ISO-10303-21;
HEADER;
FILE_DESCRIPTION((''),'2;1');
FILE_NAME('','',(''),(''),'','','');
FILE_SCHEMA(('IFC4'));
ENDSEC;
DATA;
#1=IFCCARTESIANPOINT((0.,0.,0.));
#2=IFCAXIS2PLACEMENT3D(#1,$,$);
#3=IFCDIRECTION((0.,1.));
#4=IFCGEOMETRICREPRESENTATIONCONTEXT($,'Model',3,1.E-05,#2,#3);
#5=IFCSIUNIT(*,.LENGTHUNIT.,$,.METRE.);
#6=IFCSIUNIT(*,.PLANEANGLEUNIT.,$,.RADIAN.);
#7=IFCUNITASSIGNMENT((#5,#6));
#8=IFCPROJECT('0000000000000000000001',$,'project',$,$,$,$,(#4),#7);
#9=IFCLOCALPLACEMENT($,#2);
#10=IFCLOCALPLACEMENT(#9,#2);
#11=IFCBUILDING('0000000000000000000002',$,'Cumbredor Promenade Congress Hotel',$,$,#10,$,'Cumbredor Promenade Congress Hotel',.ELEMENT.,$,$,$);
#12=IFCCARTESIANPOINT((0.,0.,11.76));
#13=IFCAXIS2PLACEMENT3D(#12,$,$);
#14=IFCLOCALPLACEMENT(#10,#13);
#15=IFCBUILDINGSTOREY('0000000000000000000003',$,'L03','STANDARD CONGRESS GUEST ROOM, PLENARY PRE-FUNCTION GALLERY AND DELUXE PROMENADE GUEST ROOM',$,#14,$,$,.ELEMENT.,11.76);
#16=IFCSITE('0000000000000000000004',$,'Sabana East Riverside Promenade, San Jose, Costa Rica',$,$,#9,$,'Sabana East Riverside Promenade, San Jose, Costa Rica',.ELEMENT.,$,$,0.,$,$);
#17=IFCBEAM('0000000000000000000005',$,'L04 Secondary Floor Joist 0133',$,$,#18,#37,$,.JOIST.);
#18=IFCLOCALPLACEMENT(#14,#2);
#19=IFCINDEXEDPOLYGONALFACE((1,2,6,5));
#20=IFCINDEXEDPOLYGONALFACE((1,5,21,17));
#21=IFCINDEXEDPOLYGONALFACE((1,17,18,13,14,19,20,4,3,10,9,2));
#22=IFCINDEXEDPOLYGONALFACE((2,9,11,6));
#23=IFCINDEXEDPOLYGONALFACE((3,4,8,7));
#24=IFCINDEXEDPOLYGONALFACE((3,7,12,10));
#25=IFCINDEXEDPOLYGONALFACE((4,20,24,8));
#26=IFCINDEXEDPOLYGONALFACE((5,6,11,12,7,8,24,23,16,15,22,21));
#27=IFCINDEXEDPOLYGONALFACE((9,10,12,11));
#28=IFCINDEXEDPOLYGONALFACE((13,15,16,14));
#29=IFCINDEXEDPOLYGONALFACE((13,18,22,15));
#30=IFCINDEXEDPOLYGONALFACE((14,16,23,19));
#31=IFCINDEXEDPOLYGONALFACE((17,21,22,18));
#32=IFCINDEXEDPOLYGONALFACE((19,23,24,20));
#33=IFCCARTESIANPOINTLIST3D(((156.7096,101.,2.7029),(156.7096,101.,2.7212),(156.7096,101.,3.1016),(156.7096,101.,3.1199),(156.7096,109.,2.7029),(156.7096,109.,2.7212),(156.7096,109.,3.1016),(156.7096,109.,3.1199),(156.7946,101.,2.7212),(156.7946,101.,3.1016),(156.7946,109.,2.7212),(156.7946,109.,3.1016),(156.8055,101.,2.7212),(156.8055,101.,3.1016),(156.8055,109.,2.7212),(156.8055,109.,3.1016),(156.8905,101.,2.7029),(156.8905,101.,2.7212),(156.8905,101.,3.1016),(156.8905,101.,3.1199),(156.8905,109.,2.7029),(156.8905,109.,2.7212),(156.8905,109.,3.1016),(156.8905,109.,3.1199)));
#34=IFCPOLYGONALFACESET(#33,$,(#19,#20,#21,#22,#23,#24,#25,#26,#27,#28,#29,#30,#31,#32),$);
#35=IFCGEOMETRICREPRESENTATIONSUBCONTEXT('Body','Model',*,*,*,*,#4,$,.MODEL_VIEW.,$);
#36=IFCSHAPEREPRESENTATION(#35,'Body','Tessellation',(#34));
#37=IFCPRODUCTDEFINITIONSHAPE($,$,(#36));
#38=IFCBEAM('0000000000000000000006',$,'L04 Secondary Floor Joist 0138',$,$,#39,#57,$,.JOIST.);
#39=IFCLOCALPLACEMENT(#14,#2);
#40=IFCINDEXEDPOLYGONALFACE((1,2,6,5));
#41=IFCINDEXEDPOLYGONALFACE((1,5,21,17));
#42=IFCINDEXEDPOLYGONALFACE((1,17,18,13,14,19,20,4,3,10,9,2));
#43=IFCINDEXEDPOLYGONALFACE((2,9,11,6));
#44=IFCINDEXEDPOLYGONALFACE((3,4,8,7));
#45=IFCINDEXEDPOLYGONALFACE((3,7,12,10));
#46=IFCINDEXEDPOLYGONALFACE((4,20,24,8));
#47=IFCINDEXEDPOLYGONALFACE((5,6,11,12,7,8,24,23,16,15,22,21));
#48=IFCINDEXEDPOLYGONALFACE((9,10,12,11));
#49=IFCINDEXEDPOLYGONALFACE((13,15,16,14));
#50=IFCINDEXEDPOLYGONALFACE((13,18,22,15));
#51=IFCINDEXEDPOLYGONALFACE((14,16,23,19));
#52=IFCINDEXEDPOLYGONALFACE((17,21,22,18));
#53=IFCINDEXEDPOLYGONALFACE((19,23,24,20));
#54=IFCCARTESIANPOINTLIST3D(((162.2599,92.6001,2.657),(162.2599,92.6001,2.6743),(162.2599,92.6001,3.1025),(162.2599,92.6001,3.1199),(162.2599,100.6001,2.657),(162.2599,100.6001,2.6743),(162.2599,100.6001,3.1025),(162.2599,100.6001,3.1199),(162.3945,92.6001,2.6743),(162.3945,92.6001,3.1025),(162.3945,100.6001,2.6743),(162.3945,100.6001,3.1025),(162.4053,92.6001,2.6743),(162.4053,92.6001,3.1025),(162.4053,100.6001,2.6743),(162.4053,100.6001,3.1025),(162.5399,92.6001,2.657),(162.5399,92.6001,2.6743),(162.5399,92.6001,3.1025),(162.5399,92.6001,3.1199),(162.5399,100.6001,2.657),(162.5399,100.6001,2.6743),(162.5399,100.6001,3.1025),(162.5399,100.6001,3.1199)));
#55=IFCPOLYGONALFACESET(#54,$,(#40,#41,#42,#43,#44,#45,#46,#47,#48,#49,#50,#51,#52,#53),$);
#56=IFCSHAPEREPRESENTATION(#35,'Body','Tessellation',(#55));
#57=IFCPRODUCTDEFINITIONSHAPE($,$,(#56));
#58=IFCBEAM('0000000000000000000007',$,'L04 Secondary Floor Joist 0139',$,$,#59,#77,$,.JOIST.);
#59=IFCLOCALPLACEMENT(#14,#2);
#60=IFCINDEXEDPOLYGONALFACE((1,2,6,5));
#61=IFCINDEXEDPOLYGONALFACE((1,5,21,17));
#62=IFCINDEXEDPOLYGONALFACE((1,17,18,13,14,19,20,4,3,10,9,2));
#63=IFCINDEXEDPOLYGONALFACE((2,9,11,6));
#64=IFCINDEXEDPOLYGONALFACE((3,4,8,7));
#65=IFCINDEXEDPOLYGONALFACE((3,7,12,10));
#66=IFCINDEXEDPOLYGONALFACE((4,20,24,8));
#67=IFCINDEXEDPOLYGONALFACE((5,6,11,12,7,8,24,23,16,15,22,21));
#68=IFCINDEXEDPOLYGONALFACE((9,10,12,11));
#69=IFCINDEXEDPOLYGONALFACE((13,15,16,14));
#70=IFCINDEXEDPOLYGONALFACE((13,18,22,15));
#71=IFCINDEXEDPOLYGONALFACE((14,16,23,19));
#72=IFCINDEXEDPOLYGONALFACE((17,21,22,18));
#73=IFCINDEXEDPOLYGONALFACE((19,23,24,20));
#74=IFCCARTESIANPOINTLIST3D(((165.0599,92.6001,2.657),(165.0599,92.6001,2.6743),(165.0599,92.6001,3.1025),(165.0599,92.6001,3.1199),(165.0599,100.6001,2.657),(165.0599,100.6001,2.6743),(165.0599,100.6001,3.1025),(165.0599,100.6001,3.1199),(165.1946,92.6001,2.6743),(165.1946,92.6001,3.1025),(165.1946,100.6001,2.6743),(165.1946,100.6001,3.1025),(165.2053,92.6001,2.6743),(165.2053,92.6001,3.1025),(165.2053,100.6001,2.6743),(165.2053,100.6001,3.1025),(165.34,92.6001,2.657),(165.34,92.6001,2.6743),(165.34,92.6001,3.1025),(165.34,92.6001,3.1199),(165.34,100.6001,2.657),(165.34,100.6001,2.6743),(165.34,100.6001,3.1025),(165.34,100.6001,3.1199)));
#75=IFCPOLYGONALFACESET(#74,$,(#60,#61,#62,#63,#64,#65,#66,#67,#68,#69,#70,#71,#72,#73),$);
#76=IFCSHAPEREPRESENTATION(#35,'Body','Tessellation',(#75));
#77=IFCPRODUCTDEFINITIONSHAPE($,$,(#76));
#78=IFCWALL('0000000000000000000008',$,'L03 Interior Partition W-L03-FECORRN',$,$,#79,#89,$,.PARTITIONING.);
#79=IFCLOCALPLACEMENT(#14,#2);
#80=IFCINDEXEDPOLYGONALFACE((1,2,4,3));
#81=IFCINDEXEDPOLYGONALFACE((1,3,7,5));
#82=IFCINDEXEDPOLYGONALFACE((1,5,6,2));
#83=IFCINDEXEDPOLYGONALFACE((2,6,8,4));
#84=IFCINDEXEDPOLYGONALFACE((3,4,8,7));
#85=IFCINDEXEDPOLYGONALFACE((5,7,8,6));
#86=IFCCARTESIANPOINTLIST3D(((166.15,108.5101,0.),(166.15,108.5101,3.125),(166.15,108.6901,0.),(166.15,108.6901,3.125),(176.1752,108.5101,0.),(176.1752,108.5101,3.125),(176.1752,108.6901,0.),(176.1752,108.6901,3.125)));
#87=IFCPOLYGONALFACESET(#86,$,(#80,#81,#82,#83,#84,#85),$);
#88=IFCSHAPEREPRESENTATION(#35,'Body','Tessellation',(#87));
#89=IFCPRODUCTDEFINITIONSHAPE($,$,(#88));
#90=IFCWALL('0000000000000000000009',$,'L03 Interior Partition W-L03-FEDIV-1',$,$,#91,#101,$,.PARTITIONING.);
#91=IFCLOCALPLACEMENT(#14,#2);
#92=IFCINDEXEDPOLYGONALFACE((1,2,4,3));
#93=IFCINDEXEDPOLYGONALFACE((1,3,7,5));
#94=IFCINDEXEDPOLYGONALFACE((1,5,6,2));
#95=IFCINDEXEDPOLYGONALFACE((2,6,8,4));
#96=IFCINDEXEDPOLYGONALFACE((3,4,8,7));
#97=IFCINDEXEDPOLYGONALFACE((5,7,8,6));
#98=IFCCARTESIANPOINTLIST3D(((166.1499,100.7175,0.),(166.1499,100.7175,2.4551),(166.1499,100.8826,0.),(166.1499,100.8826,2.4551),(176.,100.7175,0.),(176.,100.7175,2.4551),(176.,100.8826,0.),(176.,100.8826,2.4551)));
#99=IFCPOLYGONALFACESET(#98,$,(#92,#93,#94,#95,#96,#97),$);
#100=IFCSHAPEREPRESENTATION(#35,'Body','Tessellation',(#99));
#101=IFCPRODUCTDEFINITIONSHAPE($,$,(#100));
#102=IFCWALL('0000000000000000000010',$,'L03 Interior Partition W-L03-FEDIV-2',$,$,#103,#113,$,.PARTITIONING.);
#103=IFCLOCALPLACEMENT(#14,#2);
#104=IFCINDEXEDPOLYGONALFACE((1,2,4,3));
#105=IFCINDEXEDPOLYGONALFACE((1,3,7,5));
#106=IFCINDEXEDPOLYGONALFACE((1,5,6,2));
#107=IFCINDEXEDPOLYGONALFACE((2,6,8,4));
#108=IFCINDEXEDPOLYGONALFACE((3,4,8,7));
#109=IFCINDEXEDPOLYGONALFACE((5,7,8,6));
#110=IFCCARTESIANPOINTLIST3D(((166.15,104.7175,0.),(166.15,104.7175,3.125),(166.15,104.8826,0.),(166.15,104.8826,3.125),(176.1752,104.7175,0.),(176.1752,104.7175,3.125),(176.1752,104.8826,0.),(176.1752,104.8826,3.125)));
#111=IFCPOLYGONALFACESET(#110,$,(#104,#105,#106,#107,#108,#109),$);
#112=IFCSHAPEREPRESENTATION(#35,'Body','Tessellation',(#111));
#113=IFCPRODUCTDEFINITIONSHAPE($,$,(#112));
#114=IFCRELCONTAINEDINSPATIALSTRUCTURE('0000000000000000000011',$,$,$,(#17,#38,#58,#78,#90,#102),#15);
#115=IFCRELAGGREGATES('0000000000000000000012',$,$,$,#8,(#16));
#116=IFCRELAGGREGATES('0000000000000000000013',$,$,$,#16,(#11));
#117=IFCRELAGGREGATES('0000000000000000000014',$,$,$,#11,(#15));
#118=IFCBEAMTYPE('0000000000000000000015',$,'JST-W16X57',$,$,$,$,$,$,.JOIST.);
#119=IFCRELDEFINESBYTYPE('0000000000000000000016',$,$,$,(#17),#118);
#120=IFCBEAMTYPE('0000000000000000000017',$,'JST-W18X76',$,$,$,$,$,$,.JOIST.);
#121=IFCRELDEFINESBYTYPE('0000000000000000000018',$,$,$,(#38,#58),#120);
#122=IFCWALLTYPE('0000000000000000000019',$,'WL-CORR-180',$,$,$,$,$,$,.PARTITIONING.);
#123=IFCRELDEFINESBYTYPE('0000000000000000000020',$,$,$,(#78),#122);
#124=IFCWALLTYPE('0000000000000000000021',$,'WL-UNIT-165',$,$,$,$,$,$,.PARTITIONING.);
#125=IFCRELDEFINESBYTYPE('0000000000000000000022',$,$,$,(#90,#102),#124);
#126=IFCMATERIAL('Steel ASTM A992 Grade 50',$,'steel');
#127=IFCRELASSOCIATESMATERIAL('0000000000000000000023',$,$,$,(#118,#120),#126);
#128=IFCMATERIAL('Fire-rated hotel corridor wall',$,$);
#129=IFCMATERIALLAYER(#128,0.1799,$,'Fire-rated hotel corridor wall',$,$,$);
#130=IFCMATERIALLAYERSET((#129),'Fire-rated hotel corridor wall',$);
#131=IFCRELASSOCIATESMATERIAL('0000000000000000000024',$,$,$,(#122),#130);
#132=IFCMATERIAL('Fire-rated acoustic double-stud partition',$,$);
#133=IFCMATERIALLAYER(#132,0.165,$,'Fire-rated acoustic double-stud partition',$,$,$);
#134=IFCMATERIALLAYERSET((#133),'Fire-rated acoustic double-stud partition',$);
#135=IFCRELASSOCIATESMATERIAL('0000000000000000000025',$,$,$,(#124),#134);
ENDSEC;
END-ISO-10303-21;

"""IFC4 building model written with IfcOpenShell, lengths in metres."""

from ifc_helpers import new_model, si_unit, direction, frame, frame_2d, origin, origin_2d, place, context, subcontext, project, spatial, rectangle, i_section, extrude, material, layer, layer_set, material_profile, profile_set, type_object, element, save


model = new_model("IFC4")

# Units and contexts
model_context = context("Model", 3, precision=1e-05, world=origin(), true_north=direction((0.0, 1.0)))
body_context = subcontext(model_context, "Body", "Model", "MODEL_VIEW")
ifc_project = project(units=[si_unit("LENGTHUNIT", "METRE"), si_unit("PLANEANGLEUNIT", "RADIAN")], contexts=[model_context])

# Site, building, storey
site_placement = place(None, origin())
site = spatial("IfcSite", under=ifc_project, at=site_placement, Name="Sabana East Riverside Promenade, San Jose, Costa Rica", LongName="Sabana East Riverside Promenade, San Jose, Costa Rica", CompositionType="ELEMENT", RefElevation=0.0)
building_placement = place(site_placement, origin())
building = spatial("IfcBuilding", under=site, at=building_placement, Name="Cumbredor Promenade Congress Hotel", LongName="Cumbredor Promenade Congress Hotel", CompositionType="ELEMENT")
storey_placement = place(building_placement, frame((0.0, 0.0, 11.76)))
storey = spatial("IfcBuildingStorey", under=building, at=storey_placement, Name="L03", Description="STANDARD CONGRESS GUEST ROOM, PLENARY PRE-FUNCTION GALLERY AND DELUXE PROMENADE GUEST ROOM", CompositionType="ELEMENT", Elevation=11.76)

# Beams
ifc_material_1 = material(Name="Steel ASTM A992 Grade 50", Category="steel")
ifc_material_profile_1 = material_profile(ifc_material_1, i_section(OverallWidth=0.1809, OverallDepth=0.417, WebThickness=0.011, FlangeThickness=0.0183, at=origin_2d()), Name="W16X57")
ifc_profile_set_1 = profile_set([ifc_material_profile_1], Name="Steel ASTM A992 Grade 50")
beam_type_1 = type_object("IfcBeamType", Name="JST-W16X57", PredefinedType="JOIST", material=ifc_profile_set_1)
for number, where, z_axis, x_axis, name in (
    (1, (156.8, 101.0, 2.9114), (0.0, 1.0, 0.0), (-1.0, 0.0, 0.0), "L04 Secondary Floor Joist 0133"),
):
    element("IfcBeam", number, at=place(storey_placement, frame(where, z_axis=z_axis, x_axis=x_axis)), inside=storey, type_object=beam_type_1, Name=name, PredefinedType="JOIST", context=body_context, shape_type="SweptSolid", body=[
        extrude(i_section(OverallWidth=0.1809, OverallDepth=0.417, WebThickness=0.011, FlangeThickness=0.0183, at=origin_2d()), origin(), (0.0, 0.0, 1.0), 8.0),
    ])
ifc_material_profile_2 = material_profile(ifc_material_1, i_section(OverallWidth=0.28, OverallDepth=0.4629, WebThickness=0.0107, FlangeThickness=0.0173, at=origin_2d()), Name="W18X76")
ifc_profile_set_2 = profile_set([ifc_material_profile_2], Name="Steel ASTM A992 Grade 50")
beam_type_2 = type_object("IfcBeamType", Name="JST-W18X76", PredefinedType="JOIST", material=ifc_profile_set_2)
for number, where, z_axis, x_axis, name in (
    (2, (162.3999, 92.6001, 2.8884), (0.0, 1.0, 0.0), (-1.0, 0.0, 0.0), "L04 Secondary Floor Joist 0138"),
    (3, (165.2, 92.6001, 2.8884), (0.0, 1.0, 0.0), (-1.0, 0.0, 0.0), "L04 Secondary Floor Joist 0139"),
):
    element("IfcBeam", number, at=place(storey_placement, frame(where, z_axis=z_axis, x_axis=x_axis)), inside=storey, type_object=beam_type_2, Name=name, PredefinedType="JOIST", context=body_context, shape_type="SweptSolid", body=[
        extrude(i_section(OverallWidth=0.28, OverallDepth=0.4629, WebThickness=0.0107, FlangeThickness=0.0173, at=origin_2d()), origin(), (0.0, 0.0, 1.0), 8.0),
    ])

# Walls
ifc_material_2 = material(Name="Fire-rated hotel corridor wall")
ifc_layer_1 = layer(ifc_material_2, 0.1799, Name="Fire-rated hotel corridor wall")
ifc_layer_set_1 = layer_set([ifc_layer_1], Name="Fire-rated hotel corridor wall")
wall_type_1 = type_object("IfcWallType", Name="WL-CORR-180", PredefinedType="PARTITIONING", material=ifc_layer_set_1)
wall_1_placement = place(storey_placement, frame((166.1499, 108.6001, 0.0), z_axis=(0.0, 0.0, 1.0), x_axis=(1.0, 0.0, 0.0)))
element("IfcWall", 4, at=wall_1_placement, inside=storey, type_object=wall_type_1, Name="L03 Interior Partition W-L03-FECORRN", PredefinedType="PARTITIONING", context=body_context, shape_type="SweptSolid", body=[
    extrude(rectangle(XDim=10.0251, YDim=0.1799, at=frame_2d((5.0127, 0.0))), origin(), (0.0, 0.0, 1.0), 3.125),
])
ifc_material_3 = material(Name="Fire-rated acoustic double-stud partition")
ifc_layer_2 = layer(ifc_material_3, 0.165, Name="Fire-rated acoustic double-stud partition")
ifc_layer_set_2 = layer_set([ifc_layer_2], Name="Fire-rated acoustic double-stud partition")
wall_type_2 = type_object("IfcWallType", Name="WL-UNIT-165", PredefinedType="PARTITIONING", material=ifc_layer_set_2)
wall_2_placement = place(storey_placement, frame((166.1499, 100.8, 0.0), z_axis=(0.0, 0.0, 1.0), x_axis=(1.0, 0.0, 0.0)))
element("IfcWall", 5, at=wall_2_placement, inside=storey, type_object=wall_type_2, Name="L03 Interior Partition W-L03-FEDIV-1", PredefinedType="PARTITIONING", context=body_context, shape_type="SweptSolid", body=[
    extrude(rectangle(XDim=9.8501, YDim=0.165, at=frame_2d((4.925, 0.0))), origin(), (0.0, 0.0, 1.0), 2.4551),
])
wall_3_placement = place(storey_placement, frame((166.1499, 104.8, 0.0), z_axis=(0.0, 0.0, 1.0), x_axis=(1.0, 0.0, 0.0)))
element("IfcWall", 6, at=wall_3_placement, inside=storey, type_object=wall_type_2, Name="L03 Interior Partition W-L03-FEDIV-2", PredefinedType="PARTITIONING", context=body_context, shape_type="SweptSolid", body=[
    extrude(rectangle(XDim=10.0251, YDim=0.165, at=frame_2d((5.0127, 0.0))), origin(), (0.0, 0.0, 1.0), 3.125),
])

save(model, "model.ifc")
